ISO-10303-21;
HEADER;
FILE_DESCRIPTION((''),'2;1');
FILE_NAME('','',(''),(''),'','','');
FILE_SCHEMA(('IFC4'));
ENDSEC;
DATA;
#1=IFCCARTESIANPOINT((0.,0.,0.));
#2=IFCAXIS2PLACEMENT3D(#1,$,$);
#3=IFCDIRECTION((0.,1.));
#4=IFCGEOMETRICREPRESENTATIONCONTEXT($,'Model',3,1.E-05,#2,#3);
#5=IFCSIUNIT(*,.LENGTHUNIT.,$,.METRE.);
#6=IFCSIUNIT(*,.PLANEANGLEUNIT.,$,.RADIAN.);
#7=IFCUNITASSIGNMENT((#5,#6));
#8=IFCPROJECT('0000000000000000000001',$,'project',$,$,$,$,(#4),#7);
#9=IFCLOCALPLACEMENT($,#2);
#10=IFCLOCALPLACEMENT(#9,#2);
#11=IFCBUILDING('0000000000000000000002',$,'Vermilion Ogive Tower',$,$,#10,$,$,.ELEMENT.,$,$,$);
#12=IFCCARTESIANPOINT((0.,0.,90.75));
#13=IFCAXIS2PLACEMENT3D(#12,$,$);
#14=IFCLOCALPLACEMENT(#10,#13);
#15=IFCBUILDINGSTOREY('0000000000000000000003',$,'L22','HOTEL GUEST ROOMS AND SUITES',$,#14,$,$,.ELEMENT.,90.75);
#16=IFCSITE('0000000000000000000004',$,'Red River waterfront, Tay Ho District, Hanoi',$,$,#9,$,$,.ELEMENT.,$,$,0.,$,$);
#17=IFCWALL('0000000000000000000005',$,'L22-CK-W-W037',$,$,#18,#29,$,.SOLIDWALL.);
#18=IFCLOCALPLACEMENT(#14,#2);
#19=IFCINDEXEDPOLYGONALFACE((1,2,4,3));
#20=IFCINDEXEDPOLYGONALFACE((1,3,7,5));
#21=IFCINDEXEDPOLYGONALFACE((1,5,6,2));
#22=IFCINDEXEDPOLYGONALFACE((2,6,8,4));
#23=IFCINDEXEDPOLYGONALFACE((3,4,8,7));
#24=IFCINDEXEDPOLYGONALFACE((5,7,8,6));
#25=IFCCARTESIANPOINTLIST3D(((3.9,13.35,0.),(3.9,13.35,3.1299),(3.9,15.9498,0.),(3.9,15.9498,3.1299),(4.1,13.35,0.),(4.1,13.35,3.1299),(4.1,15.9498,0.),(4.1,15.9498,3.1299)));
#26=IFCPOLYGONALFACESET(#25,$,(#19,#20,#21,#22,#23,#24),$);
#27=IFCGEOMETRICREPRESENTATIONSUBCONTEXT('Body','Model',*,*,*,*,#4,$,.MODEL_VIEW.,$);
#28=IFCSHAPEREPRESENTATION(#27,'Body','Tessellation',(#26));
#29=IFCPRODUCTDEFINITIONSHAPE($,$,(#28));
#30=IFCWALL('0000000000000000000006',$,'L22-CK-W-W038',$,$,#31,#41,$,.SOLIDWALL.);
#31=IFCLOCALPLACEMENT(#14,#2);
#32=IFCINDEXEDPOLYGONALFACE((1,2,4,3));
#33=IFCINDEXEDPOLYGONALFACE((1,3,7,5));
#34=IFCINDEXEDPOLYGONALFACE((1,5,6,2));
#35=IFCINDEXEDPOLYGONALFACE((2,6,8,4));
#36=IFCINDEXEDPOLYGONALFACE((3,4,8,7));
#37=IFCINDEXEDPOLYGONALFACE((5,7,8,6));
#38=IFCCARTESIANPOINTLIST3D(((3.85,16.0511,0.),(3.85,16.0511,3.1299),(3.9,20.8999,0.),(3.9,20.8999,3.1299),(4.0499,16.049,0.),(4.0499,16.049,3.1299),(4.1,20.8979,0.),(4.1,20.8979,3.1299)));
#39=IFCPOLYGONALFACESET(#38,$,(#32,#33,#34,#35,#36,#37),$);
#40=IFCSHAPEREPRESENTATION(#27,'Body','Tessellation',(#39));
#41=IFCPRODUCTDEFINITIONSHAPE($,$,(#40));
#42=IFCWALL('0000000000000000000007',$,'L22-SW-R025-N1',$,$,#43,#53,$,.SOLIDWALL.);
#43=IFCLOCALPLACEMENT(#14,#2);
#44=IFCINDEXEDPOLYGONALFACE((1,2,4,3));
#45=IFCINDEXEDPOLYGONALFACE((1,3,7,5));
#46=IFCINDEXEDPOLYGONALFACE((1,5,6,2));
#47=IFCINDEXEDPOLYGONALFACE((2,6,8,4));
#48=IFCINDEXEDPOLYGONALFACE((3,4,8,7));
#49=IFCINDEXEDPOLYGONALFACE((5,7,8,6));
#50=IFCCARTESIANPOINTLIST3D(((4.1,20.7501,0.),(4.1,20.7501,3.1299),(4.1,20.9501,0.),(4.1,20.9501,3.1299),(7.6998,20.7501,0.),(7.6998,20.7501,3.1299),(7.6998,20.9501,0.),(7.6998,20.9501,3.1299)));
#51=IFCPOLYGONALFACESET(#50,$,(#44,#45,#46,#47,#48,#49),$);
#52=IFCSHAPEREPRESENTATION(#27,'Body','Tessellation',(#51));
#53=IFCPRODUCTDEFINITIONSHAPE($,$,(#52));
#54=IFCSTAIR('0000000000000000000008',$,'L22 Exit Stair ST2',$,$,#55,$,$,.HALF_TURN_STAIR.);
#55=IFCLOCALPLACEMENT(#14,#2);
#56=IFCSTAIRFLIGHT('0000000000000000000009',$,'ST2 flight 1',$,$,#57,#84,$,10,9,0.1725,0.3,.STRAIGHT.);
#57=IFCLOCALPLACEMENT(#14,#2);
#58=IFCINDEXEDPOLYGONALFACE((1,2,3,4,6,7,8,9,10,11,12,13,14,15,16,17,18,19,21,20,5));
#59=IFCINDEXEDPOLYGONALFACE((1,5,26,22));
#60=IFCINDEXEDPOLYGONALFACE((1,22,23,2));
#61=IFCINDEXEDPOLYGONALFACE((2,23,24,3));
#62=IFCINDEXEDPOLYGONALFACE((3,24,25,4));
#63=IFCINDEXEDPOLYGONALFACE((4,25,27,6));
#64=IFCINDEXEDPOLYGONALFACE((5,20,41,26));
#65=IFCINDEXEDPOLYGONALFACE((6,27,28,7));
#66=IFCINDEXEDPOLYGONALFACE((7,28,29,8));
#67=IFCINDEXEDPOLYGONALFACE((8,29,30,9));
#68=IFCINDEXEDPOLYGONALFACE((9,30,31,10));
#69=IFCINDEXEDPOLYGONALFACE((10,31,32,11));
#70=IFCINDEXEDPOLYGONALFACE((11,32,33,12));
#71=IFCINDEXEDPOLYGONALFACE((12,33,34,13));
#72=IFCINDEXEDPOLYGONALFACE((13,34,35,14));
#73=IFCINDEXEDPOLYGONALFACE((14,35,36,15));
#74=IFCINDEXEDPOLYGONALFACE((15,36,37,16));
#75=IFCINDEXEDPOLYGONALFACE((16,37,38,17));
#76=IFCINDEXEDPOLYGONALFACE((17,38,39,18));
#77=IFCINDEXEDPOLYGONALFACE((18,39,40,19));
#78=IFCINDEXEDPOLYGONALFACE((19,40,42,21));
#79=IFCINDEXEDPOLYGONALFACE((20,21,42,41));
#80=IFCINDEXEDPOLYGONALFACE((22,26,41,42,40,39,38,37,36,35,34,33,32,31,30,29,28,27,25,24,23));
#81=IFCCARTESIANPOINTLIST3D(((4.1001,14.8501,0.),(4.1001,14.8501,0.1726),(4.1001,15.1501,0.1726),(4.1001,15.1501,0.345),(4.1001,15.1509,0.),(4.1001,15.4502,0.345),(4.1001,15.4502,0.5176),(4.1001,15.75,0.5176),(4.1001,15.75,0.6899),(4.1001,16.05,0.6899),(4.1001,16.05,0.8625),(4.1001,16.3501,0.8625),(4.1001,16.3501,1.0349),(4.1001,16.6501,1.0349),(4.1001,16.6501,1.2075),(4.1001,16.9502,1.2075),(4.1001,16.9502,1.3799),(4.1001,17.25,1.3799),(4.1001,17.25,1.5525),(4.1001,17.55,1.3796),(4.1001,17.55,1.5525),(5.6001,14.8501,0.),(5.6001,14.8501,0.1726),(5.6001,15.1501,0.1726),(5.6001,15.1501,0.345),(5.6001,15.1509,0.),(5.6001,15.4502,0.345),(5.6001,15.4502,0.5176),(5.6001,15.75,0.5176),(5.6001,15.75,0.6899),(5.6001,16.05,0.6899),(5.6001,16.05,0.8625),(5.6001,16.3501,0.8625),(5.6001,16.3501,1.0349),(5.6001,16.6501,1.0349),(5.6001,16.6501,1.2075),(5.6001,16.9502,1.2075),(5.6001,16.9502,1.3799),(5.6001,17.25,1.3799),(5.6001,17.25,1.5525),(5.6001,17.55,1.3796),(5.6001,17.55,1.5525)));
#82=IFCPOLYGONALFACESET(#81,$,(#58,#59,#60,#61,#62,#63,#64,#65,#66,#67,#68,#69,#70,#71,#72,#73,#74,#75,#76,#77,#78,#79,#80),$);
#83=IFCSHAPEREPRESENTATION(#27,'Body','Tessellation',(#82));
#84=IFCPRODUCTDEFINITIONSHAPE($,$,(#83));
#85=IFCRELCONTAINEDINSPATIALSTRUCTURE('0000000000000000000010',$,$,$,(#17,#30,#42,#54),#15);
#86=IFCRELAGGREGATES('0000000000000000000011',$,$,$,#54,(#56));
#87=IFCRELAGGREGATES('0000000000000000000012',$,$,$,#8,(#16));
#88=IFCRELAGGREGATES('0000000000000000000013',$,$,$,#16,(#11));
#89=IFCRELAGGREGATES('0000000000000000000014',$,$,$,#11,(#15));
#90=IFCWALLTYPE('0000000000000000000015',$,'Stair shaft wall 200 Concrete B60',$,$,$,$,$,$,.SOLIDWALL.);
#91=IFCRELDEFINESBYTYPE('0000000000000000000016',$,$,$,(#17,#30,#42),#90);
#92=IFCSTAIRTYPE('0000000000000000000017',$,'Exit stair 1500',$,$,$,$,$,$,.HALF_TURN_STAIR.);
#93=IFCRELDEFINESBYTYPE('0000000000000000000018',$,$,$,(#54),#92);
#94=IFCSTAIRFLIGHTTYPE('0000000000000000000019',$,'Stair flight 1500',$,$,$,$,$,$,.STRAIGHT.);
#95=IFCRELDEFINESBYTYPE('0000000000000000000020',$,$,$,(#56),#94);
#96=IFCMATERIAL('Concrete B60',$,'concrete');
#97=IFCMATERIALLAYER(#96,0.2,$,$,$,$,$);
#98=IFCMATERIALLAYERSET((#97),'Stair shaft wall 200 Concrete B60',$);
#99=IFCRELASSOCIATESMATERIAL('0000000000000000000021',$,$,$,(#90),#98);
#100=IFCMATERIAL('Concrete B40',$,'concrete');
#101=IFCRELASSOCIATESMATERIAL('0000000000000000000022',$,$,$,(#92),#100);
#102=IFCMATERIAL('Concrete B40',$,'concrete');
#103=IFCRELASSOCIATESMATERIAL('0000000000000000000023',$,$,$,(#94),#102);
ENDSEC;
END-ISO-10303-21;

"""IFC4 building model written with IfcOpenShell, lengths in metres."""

from ifc_helpers import new_model, si_unit, direction, frame, frame_2d, origin, place, context, subcontext, project, spatial, polyline, rectangle, outline, extrude, material, layer, layer_set, type_object, element, aggregate, save


model = new_model("IFC4")

# Units and contexts
model_context = context("Model", 3, precision=1e-05, world=origin(), true_north=direction((0.0, 1.0)))
body_context = subcontext(model_context, "Body", "Model", "MODEL_VIEW")
ifc_project = project(units=[si_unit("LENGTHUNIT", "METRE"), si_unit("PLANEANGLEUNIT", "RADIAN")], contexts=[model_context])

# Site, building, storey
site_placement = place(None, origin())
site = spatial("IfcSite", under=ifc_project, at=site_placement, Name="Red River waterfront, Tay Ho District, Hanoi", CompositionType="ELEMENT", RefElevation=0.0)
building_placement = place(site_placement, origin())
building = spatial("IfcBuilding", under=site, at=building_placement, Name="Vermilion Ogive Tower", CompositionType="ELEMENT")
storey_placement = place(building_placement, frame((0.0, 0.0, 90.75)))
storey = spatial("IfcBuildingStorey", under=building, at=storey_placement, Name="L22", Description="HOTEL GUEST ROOMS AND SUITES", CompositionType="ELEMENT", Elevation=90.75)

# Shared definitions
ifc_material_1 = material(Name="Concrete B60", Category="concrete")
ifc_layer_1 = layer(ifc_material_1, 0.2)
ifc_layer_set_1 = layer_set([ifc_layer_1], Name="Stair shaft wall 200 Concrete B60")
wall_type_1 = type_object("IfcWallType", Name="Stair shaft wall 200 Concrete B60", PredefinedType="SOLIDWALL", material=ifc_layer_set_1)

# Walls
wall_1_placement = place(storey_placement, frame((4.0, 13.3501, 0.0), z_axis=(0.0, 0.0, 1.0), x_axis=(0.0, 1.0, 0.0)))
element("IfcWall", 1, at=wall_1_placement, inside=storey, type_object=wall_type_1, Name="L22-CK-W-W037", PredefinedType="SOLIDWALL", context=body_context, shape_type="SweptSolid", body=[
    extrude(rectangle(XDim=2.5999, YDim=0.2, at=frame_2d((1.2998, 0.0))), origin(), (0.0, 0.0, 1.0), 3.1299),
])
wall_2_placement = place(storey_placement, frame((3.95, 16.05, 0.0), z_axis=(0.0, 0.0, 1.0), x_axis=(0.010321, 0.999947, 0.0)))
element("IfcWall", 2, at=wall_2_placement, inside=storey, type_object=wall_type_1, Name="L22-CK-W-W038", PredefinedType="SOLIDWALL", context=body_context, shape_type="SweptSolid", body=[
    extrude(rectangle(XDim=4.8491, YDim=0.2, at=frame_2d((2.4246, 0.0))), origin(), (0.0, 0.0, 1.0), 3.1299),
])
wall_3_placement = place(storey_placement, frame((4.1001, 20.8501, 0.0), z_axis=(0.0, 0.0, 1.0), x_axis=(1.0, 0.0, 0.0)))
element("IfcWall", 3, at=wall_3_placement, inside=storey, type_object=wall_type_1, Name="L22-SW-R025-N1", PredefinedType="SOLIDWALL", context=body_context, shape_type="SweptSolid", body=[
    extrude(rectangle(XDim=3.5999, YDim=0.2, at=frame_2d((1.7998, 0.0))), origin(), (0.0, 0.0, 1.0), 3.1299),
])

# Stair, stair flight
ifc_material_2 = material(Name="Concrete B40", Category="concrete")
stair_type = type_object("IfcStairType", Name="Exit stair 1500", PredefinedType="HALF_TURN_STAIR", material=ifc_material_2)
stair_placement = place(storey_placement, origin())
stair = element("IfcStair", 4, at=stair_placement, inside=storey, type_object=stair_type, Name="L22 Exit Stair ST2", PredefinedType="HALF_TURN_STAIR")
ifc_material_3 = material(Name="Concrete B40", Category="concrete")
stair_flight_type = type_object("IfcStairFlightType", Name="Stair flight 1500", PredefinedType="STRAIGHT", material=ifc_material_3)
stair_flight_placement = place(storey_placement, frame((4.8501, 14.8501, 0.0), z_axis=(0.0, 0.0, 1.0), x_axis=(0.0, 1.0, 0.0)))
stair_flight = element("IfcStairFlight", 5, at=stair_flight_placement, type_object=stair_flight_type, Name="ST2 flight 1", NumberOfRisers=10, NumberOfTreads=9, PredefinedType="STRAIGHT", RiserHeight=0.1725, TreadLength=0.3, context=body_context, shape_type="SweptSolid", body=[
    extrude(outline(polyline([(0.0, 0.0), (0.0, 0.1726), (0.3, 0.1726), (0.3, 0.345), (0.6001, 0.345), (0.6001, 0.5176), (0.8999, 0.5176), (0.8999, 0.6899), (1.2, 0.6899), (1.2, 0.8625), (1.5, 0.8625), (1.5, 1.0349), (1.8, 1.0349), (1.8, 1.2075), (2.1001, 1.2075), (2.1001, 1.3799), (2.3999, 1.3799), (2.3999, 1.5525), (2.7, 1.5525), (2.7, 1.7251), (2.7, 1.3796), (0.3008, 0.0), (0.0, 0.0)])), frame((0.0, 0.75, 0.0), z_axis=(0.0, -1.0, 0.0), x_axis=(1.0, 0.0, 0.0)), (0.0, 0.0, 1.0), 1.5),
])
aggregate(stair, [stair_flight])

save(model, "model.ifc")
